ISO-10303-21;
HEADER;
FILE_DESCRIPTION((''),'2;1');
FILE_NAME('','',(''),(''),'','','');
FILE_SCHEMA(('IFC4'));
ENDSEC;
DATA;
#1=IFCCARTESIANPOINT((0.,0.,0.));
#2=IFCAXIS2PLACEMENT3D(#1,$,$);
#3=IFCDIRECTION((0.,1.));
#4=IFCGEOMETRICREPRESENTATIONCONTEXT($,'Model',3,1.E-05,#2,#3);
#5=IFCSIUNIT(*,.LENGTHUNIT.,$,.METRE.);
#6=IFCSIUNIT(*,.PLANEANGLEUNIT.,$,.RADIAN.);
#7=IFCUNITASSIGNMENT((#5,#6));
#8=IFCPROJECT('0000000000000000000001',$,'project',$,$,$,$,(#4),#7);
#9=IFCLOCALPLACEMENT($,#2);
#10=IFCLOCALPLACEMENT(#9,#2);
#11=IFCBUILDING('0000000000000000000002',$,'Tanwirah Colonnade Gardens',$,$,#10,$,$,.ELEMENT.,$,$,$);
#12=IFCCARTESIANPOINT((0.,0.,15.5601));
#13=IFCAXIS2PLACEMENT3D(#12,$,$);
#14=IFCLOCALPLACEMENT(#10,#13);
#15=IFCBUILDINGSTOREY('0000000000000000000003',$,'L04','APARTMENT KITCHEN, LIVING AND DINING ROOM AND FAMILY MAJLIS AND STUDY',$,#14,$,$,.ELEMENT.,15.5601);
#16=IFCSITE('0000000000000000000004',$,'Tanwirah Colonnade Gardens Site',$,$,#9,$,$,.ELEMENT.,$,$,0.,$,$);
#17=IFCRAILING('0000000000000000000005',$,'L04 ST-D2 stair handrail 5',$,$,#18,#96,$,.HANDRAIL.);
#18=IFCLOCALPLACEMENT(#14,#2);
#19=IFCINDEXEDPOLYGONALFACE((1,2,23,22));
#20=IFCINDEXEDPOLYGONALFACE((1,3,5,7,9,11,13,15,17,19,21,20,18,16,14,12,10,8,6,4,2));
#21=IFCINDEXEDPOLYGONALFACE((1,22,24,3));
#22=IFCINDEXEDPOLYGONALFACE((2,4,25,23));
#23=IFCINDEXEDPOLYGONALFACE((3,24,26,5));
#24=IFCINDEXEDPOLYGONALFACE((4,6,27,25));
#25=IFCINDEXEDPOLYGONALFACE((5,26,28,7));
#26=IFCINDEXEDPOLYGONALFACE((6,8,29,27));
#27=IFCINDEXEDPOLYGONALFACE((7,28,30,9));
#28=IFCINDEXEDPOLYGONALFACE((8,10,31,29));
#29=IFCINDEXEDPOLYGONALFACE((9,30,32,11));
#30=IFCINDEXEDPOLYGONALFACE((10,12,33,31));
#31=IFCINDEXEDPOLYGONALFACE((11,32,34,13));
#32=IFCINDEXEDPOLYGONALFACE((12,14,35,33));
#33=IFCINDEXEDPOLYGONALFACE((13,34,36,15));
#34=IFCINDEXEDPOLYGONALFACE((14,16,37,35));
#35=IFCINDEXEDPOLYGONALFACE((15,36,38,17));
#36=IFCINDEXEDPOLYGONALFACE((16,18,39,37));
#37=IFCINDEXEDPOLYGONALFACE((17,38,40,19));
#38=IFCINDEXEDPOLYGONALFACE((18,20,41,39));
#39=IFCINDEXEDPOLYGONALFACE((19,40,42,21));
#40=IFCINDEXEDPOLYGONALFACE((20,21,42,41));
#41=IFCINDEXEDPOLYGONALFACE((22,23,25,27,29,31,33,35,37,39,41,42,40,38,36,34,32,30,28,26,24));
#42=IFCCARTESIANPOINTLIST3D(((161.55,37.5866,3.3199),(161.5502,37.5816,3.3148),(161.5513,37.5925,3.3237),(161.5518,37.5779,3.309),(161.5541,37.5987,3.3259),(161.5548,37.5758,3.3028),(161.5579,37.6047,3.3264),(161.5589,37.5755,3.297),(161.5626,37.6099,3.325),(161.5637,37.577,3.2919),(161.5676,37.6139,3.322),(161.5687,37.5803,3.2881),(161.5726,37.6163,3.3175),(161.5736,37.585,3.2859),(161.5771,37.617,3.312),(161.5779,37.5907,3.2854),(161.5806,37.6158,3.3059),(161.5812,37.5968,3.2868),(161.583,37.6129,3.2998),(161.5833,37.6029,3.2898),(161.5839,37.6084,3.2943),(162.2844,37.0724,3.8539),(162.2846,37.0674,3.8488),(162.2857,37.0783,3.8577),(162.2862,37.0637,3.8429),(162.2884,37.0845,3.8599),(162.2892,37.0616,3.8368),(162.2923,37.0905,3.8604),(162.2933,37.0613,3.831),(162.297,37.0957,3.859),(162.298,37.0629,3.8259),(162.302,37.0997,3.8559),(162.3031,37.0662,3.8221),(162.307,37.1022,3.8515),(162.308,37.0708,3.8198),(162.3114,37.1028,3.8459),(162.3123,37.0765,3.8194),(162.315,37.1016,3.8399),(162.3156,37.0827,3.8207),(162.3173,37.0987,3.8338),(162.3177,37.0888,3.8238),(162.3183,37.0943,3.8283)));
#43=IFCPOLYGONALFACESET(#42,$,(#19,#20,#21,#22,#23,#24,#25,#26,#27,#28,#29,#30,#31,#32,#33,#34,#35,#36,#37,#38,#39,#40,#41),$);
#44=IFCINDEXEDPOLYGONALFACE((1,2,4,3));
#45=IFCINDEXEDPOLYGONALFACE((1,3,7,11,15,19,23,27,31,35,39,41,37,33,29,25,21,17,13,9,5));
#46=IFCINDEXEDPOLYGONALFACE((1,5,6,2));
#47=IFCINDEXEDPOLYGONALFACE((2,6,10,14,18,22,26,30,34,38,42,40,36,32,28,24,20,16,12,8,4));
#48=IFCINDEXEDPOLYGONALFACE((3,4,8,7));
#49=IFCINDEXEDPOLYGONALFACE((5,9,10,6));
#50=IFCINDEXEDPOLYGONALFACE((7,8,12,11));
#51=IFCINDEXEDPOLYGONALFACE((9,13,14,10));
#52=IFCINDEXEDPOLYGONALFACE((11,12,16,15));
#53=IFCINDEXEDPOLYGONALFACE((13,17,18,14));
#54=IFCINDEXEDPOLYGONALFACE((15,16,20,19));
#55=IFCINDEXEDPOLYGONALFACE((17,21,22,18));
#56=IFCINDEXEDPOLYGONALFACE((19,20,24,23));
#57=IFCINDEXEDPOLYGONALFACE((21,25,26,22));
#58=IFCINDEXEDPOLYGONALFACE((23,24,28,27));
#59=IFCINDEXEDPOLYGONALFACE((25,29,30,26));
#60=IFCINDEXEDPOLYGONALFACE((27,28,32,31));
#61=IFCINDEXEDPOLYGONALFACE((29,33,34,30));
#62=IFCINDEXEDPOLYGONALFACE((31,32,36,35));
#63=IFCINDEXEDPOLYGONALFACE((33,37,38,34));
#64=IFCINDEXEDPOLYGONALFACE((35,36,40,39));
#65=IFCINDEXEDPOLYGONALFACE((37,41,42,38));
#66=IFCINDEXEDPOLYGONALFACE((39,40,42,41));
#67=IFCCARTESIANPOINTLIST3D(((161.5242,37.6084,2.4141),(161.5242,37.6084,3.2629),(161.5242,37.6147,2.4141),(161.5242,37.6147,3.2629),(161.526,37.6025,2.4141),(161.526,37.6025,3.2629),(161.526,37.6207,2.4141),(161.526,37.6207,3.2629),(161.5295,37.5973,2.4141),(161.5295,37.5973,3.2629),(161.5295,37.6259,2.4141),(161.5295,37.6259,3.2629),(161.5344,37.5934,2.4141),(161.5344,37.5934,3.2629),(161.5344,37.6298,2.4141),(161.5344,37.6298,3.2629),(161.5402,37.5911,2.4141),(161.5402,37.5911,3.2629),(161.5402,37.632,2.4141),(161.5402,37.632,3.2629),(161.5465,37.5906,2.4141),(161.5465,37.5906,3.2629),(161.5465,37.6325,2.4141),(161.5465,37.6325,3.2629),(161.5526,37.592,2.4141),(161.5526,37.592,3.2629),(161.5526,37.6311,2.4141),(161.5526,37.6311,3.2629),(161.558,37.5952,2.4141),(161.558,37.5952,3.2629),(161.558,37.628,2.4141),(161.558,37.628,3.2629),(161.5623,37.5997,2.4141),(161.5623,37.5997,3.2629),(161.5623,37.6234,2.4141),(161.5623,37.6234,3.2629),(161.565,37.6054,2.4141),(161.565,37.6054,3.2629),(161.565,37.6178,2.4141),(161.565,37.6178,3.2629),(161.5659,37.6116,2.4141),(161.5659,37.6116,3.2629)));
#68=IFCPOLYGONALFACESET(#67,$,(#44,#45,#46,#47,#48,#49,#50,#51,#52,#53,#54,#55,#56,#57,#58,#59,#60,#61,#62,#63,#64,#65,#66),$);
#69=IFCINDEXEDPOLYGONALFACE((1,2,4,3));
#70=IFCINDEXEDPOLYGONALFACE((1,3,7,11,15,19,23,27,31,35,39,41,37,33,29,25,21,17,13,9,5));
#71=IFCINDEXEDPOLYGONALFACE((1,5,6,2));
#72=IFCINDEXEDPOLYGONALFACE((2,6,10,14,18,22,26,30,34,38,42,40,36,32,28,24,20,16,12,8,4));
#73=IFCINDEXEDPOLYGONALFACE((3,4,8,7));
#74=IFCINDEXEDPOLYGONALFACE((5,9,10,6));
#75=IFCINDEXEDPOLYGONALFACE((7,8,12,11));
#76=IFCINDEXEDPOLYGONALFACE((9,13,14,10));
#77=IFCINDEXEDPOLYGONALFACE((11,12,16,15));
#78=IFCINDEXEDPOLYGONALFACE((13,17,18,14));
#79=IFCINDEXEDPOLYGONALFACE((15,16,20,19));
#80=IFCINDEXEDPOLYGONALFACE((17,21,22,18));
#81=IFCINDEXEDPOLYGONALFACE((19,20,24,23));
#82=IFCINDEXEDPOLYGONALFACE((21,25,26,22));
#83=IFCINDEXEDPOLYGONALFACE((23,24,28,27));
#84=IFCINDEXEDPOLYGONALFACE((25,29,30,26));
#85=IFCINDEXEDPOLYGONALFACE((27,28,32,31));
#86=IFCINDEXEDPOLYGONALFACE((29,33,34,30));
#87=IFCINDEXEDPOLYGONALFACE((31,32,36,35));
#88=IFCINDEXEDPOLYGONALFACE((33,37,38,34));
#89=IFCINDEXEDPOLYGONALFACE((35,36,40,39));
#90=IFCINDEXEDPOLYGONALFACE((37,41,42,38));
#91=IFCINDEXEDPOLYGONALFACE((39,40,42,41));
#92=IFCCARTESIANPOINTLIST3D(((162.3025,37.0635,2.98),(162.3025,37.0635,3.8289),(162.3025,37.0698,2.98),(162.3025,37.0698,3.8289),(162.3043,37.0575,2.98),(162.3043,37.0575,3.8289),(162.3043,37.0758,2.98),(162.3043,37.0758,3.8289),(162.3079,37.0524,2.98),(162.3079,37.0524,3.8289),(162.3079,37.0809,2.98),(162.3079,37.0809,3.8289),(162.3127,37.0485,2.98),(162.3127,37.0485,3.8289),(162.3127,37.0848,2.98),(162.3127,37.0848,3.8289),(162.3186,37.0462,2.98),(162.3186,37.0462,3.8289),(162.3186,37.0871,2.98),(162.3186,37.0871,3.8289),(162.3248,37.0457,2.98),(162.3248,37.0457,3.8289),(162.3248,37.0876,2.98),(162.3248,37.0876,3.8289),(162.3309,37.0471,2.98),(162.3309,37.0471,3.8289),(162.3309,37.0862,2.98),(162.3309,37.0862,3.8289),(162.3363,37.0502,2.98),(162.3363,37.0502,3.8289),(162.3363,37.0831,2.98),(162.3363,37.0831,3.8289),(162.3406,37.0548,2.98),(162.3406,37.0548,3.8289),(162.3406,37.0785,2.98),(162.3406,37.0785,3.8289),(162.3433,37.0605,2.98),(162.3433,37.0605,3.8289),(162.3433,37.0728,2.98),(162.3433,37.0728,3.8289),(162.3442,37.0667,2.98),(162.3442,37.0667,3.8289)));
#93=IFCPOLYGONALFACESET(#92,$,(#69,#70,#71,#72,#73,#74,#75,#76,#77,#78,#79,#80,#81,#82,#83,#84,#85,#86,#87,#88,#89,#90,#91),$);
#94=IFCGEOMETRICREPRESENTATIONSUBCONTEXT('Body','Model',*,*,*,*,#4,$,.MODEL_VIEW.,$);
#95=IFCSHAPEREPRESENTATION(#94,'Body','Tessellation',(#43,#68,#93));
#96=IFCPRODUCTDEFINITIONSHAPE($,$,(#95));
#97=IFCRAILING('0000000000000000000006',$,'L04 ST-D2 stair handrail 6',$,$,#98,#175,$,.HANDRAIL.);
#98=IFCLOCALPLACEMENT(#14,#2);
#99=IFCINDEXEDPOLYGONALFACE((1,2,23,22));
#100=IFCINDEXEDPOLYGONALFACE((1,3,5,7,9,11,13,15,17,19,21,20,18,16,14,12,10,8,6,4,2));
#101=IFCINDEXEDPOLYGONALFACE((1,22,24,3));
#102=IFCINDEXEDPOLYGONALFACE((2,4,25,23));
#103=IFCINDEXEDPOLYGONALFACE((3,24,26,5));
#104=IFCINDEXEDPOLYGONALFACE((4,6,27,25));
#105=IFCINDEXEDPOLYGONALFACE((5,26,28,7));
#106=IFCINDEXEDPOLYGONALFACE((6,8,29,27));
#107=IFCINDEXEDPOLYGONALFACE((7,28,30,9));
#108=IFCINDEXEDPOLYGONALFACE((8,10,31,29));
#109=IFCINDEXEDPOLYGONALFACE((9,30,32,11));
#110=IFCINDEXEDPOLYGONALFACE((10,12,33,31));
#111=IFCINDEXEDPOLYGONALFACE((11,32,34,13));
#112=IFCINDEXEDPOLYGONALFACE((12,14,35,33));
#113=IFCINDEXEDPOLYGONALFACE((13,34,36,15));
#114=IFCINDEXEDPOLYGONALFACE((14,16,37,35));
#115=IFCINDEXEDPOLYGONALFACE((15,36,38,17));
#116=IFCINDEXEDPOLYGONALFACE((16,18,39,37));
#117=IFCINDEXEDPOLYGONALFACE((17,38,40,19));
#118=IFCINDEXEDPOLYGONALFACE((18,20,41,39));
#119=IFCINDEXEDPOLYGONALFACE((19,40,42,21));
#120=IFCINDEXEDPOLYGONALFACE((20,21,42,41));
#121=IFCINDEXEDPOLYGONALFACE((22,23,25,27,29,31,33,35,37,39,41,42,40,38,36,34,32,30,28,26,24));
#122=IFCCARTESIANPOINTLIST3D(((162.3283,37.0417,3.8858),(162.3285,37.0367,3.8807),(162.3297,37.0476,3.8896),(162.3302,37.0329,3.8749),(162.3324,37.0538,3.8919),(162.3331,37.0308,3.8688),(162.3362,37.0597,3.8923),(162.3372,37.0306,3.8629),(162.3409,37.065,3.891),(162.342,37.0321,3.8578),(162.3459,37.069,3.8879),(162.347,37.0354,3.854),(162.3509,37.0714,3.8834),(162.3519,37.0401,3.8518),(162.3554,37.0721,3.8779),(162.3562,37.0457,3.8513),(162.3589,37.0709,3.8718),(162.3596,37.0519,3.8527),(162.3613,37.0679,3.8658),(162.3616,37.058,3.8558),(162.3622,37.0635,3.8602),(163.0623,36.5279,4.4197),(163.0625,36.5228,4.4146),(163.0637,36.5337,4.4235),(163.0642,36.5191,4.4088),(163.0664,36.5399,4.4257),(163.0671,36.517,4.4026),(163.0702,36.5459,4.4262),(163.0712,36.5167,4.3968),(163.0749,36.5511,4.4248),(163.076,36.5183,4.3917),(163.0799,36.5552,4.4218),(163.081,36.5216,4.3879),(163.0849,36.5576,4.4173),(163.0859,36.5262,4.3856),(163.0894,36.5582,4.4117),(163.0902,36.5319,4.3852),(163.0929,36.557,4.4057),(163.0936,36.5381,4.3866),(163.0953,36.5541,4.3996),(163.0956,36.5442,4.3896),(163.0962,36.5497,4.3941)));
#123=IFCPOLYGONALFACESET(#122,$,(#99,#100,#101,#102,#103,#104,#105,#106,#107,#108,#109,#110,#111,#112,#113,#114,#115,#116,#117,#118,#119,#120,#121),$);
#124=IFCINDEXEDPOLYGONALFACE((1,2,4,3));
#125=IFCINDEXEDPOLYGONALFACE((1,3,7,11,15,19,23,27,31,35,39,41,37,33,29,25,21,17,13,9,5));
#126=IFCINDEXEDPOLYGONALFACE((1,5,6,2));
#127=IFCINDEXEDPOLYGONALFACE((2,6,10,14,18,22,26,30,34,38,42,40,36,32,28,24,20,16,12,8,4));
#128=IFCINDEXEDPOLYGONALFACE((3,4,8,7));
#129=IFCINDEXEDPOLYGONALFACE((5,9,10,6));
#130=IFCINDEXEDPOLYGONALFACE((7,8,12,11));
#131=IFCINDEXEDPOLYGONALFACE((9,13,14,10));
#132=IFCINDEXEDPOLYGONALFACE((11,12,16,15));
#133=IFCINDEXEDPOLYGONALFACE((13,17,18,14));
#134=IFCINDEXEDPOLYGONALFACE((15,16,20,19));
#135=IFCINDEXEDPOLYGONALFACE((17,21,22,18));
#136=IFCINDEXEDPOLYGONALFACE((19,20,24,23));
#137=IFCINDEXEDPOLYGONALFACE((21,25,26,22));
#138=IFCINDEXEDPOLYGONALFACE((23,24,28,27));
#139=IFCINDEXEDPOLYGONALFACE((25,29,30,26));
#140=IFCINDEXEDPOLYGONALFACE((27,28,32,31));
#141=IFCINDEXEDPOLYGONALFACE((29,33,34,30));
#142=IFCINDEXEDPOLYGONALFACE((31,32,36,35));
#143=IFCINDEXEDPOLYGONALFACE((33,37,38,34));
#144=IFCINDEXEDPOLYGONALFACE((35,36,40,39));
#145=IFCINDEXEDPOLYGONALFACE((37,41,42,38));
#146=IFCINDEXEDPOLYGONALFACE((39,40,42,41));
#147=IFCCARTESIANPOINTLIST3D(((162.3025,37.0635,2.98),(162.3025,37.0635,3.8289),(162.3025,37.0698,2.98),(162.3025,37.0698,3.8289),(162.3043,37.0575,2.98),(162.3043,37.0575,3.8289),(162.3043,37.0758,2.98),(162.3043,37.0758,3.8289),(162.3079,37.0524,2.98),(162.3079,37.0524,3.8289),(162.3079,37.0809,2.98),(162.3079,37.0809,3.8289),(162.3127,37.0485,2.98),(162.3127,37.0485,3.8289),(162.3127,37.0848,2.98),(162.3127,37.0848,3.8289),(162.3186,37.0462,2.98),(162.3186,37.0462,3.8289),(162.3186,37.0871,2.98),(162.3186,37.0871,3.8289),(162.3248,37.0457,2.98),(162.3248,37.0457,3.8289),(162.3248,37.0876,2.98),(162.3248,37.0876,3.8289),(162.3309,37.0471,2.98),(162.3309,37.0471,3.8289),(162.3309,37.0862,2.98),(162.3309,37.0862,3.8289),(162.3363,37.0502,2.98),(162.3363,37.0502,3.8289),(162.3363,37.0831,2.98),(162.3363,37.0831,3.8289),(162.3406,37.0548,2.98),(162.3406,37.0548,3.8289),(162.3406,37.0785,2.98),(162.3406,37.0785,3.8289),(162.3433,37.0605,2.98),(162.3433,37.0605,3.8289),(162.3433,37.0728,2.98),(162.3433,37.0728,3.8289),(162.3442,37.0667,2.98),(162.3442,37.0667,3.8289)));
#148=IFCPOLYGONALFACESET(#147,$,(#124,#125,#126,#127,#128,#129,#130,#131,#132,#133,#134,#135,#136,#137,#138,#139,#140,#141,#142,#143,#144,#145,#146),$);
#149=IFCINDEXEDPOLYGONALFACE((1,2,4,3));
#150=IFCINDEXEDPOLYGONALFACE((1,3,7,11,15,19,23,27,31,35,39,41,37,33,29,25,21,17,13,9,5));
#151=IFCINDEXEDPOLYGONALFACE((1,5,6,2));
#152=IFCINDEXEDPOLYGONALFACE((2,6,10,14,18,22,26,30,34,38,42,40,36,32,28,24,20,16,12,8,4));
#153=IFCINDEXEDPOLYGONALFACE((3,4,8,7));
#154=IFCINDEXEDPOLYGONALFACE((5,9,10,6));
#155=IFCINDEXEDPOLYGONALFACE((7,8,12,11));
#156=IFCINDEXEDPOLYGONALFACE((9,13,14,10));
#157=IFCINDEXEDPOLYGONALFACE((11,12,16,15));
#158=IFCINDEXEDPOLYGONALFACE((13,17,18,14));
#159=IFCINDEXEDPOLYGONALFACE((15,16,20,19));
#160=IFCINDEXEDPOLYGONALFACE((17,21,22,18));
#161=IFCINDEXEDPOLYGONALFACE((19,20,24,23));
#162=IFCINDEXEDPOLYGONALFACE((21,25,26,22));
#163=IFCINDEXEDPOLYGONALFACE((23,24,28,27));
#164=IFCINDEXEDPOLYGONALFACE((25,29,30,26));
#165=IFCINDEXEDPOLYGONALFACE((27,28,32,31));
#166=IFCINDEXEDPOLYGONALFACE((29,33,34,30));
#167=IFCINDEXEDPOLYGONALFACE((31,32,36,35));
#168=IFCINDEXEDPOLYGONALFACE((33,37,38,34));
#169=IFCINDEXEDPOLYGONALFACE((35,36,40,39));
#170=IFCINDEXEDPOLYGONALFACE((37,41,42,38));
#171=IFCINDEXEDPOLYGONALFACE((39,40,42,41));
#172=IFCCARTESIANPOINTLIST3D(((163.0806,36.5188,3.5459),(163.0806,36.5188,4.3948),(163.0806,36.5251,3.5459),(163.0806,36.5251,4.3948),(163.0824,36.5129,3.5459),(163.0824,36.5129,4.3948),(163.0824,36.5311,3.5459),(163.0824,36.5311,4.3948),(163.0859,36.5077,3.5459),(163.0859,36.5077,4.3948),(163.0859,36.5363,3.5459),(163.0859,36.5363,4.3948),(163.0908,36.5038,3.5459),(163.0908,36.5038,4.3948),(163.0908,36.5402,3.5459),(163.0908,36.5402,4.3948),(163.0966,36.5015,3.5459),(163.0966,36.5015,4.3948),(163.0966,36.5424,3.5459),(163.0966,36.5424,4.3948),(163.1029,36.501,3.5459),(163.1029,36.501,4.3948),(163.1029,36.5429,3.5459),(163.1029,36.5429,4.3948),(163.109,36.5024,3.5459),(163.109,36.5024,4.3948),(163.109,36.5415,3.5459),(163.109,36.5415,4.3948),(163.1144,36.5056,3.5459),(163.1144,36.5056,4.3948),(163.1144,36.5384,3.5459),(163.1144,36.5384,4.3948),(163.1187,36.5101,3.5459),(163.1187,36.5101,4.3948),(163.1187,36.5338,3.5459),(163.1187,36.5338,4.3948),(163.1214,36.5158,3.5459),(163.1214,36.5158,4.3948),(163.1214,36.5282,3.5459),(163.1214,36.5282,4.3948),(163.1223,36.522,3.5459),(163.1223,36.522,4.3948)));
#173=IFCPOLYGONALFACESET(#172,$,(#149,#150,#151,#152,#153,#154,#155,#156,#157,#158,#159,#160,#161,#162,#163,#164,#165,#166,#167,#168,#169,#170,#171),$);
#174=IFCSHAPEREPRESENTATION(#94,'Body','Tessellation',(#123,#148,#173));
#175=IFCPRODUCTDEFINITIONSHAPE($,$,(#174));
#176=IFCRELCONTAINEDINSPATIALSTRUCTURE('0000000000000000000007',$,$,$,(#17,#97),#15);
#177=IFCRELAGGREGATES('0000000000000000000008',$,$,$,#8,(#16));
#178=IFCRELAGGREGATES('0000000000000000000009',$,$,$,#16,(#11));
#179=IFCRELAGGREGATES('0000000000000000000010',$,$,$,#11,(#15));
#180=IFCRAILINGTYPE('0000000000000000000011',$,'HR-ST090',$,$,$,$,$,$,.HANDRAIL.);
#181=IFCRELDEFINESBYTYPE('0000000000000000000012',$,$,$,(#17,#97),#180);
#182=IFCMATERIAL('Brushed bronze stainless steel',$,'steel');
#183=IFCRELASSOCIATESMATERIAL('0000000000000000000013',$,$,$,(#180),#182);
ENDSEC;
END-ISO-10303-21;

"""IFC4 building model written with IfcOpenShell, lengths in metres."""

from ifc_helpers import new_model, si_unit, direction, frame, origin, origin_2d, place, context, subcontext, project, spatial, circle, extrude, material, type_object, element, save


model = new_model("IFC4")

# Units and contexts
model_context = context("Model", 3, precision=1e-05, world=origin(), true_north=direction((0.0, 1.0)))
body_context = subcontext(model_context, "Body", "Model", "MODEL_VIEW")
ifc_project = project(units=[si_unit("LENGTHUNIT", "METRE"), si_unit("PLANEANGLEUNIT", "RADIAN")], contexts=[model_context])

# Site, building, storey
site_placement = place(None, origin())
site = spatial("IfcSite", under=ifc_project, at=site_placement, Name="Tanwirah Colonnade Gardens Site", CompositionType="ELEMENT", RefElevation=0.0)
building_placement = place(site_placement, origin())
building = spatial("IfcBuilding", under=site, at=building_placement, Name="Tanwirah Colonnade Gardens", CompositionType="ELEMENT")
storey_placement = place(building_placement, frame((0.0, 0.0, 15.5601)))
storey = spatial("IfcBuildingStorey", under=building, at=storey_placement, Name="L04", Description="APARTMENT KITCHEN, LIVING AND DINING ROOM AND FAMILY MAJLIS AND STUDY", CompositionType="ELEMENT", Elevation=15.5601)

# Railings
ifc_material_1 = material(Name="Brushed bronze stainless steel", Category="steel")
railing_type_1 = type_object("IfcRailingType", Name="HR-ST090", PredefinedType="HANDRAIL", material=ifc_material_1)
railing_1_placement = place(storey_placement, frame((161.5449, 37.6116, 2.4141)))
element("IfcRailing", 1, at=railing_1_placement, inside=storey, type_object=railing_type_1, Name="L04 ST-D2 stair handrail 5", PredefinedType="HANDRAIL", context=body_context, shape_type="SweptSolid", body=[
    extrude(circle(Radius=0.0239, at=origin_2d()), frame((0.022, -0.0154, 0.8918), z_axis=(0.703797, -0.492747, 0.511732), x_axis=(0.573531, 0.819184, 0.0)), (0.0, 0.0, 1.0), 1.0435),
    extrude(circle(Radius=0.021, at=origin_2d()), origin(), (0.0, 0.0, 1.0), 0.8489),
    extrude(circle(Radius=0.021, at=origin_2d()), frame((0.7783, -0.5449, 0.5659)), (0.0, 0.0, 1.0), 0.8489),
])
railing_2_placement = place(storey_placement, frame((162.3232, 37.0667, 2.98)))
element("IfcRailing", 2, at=railing_2_placement, inside=storey, type_object=railing_type_1, Name="L04 ST-D2 stair handrail 6", PredefinedType="HANDRAIL", context=body_context, shape_type="SweptSolid", body=[
    extrude(circle(Radius=0.0239, at=origin_2d()), frame((0.022, -0.0154, 0.8918), z_axis=(0.703763, -0.492656, 0.511868), x_axis=(0.57348, 0.81922, 0.0)), (0.0, 0.0, 1.0), 1.043),
    extrude(circle(Radius=0.021, at=origin_2d()), origin(), (0.0, 0.0, 1.0), 0.8489),
    extrude(circle(Radius=0.021, at=origin_2d()), frame((0.7781, -0.5447, 0.5659)), (0.0, 0.0, 1.0), 0.8489),
])

save(model, "model.ifc")
